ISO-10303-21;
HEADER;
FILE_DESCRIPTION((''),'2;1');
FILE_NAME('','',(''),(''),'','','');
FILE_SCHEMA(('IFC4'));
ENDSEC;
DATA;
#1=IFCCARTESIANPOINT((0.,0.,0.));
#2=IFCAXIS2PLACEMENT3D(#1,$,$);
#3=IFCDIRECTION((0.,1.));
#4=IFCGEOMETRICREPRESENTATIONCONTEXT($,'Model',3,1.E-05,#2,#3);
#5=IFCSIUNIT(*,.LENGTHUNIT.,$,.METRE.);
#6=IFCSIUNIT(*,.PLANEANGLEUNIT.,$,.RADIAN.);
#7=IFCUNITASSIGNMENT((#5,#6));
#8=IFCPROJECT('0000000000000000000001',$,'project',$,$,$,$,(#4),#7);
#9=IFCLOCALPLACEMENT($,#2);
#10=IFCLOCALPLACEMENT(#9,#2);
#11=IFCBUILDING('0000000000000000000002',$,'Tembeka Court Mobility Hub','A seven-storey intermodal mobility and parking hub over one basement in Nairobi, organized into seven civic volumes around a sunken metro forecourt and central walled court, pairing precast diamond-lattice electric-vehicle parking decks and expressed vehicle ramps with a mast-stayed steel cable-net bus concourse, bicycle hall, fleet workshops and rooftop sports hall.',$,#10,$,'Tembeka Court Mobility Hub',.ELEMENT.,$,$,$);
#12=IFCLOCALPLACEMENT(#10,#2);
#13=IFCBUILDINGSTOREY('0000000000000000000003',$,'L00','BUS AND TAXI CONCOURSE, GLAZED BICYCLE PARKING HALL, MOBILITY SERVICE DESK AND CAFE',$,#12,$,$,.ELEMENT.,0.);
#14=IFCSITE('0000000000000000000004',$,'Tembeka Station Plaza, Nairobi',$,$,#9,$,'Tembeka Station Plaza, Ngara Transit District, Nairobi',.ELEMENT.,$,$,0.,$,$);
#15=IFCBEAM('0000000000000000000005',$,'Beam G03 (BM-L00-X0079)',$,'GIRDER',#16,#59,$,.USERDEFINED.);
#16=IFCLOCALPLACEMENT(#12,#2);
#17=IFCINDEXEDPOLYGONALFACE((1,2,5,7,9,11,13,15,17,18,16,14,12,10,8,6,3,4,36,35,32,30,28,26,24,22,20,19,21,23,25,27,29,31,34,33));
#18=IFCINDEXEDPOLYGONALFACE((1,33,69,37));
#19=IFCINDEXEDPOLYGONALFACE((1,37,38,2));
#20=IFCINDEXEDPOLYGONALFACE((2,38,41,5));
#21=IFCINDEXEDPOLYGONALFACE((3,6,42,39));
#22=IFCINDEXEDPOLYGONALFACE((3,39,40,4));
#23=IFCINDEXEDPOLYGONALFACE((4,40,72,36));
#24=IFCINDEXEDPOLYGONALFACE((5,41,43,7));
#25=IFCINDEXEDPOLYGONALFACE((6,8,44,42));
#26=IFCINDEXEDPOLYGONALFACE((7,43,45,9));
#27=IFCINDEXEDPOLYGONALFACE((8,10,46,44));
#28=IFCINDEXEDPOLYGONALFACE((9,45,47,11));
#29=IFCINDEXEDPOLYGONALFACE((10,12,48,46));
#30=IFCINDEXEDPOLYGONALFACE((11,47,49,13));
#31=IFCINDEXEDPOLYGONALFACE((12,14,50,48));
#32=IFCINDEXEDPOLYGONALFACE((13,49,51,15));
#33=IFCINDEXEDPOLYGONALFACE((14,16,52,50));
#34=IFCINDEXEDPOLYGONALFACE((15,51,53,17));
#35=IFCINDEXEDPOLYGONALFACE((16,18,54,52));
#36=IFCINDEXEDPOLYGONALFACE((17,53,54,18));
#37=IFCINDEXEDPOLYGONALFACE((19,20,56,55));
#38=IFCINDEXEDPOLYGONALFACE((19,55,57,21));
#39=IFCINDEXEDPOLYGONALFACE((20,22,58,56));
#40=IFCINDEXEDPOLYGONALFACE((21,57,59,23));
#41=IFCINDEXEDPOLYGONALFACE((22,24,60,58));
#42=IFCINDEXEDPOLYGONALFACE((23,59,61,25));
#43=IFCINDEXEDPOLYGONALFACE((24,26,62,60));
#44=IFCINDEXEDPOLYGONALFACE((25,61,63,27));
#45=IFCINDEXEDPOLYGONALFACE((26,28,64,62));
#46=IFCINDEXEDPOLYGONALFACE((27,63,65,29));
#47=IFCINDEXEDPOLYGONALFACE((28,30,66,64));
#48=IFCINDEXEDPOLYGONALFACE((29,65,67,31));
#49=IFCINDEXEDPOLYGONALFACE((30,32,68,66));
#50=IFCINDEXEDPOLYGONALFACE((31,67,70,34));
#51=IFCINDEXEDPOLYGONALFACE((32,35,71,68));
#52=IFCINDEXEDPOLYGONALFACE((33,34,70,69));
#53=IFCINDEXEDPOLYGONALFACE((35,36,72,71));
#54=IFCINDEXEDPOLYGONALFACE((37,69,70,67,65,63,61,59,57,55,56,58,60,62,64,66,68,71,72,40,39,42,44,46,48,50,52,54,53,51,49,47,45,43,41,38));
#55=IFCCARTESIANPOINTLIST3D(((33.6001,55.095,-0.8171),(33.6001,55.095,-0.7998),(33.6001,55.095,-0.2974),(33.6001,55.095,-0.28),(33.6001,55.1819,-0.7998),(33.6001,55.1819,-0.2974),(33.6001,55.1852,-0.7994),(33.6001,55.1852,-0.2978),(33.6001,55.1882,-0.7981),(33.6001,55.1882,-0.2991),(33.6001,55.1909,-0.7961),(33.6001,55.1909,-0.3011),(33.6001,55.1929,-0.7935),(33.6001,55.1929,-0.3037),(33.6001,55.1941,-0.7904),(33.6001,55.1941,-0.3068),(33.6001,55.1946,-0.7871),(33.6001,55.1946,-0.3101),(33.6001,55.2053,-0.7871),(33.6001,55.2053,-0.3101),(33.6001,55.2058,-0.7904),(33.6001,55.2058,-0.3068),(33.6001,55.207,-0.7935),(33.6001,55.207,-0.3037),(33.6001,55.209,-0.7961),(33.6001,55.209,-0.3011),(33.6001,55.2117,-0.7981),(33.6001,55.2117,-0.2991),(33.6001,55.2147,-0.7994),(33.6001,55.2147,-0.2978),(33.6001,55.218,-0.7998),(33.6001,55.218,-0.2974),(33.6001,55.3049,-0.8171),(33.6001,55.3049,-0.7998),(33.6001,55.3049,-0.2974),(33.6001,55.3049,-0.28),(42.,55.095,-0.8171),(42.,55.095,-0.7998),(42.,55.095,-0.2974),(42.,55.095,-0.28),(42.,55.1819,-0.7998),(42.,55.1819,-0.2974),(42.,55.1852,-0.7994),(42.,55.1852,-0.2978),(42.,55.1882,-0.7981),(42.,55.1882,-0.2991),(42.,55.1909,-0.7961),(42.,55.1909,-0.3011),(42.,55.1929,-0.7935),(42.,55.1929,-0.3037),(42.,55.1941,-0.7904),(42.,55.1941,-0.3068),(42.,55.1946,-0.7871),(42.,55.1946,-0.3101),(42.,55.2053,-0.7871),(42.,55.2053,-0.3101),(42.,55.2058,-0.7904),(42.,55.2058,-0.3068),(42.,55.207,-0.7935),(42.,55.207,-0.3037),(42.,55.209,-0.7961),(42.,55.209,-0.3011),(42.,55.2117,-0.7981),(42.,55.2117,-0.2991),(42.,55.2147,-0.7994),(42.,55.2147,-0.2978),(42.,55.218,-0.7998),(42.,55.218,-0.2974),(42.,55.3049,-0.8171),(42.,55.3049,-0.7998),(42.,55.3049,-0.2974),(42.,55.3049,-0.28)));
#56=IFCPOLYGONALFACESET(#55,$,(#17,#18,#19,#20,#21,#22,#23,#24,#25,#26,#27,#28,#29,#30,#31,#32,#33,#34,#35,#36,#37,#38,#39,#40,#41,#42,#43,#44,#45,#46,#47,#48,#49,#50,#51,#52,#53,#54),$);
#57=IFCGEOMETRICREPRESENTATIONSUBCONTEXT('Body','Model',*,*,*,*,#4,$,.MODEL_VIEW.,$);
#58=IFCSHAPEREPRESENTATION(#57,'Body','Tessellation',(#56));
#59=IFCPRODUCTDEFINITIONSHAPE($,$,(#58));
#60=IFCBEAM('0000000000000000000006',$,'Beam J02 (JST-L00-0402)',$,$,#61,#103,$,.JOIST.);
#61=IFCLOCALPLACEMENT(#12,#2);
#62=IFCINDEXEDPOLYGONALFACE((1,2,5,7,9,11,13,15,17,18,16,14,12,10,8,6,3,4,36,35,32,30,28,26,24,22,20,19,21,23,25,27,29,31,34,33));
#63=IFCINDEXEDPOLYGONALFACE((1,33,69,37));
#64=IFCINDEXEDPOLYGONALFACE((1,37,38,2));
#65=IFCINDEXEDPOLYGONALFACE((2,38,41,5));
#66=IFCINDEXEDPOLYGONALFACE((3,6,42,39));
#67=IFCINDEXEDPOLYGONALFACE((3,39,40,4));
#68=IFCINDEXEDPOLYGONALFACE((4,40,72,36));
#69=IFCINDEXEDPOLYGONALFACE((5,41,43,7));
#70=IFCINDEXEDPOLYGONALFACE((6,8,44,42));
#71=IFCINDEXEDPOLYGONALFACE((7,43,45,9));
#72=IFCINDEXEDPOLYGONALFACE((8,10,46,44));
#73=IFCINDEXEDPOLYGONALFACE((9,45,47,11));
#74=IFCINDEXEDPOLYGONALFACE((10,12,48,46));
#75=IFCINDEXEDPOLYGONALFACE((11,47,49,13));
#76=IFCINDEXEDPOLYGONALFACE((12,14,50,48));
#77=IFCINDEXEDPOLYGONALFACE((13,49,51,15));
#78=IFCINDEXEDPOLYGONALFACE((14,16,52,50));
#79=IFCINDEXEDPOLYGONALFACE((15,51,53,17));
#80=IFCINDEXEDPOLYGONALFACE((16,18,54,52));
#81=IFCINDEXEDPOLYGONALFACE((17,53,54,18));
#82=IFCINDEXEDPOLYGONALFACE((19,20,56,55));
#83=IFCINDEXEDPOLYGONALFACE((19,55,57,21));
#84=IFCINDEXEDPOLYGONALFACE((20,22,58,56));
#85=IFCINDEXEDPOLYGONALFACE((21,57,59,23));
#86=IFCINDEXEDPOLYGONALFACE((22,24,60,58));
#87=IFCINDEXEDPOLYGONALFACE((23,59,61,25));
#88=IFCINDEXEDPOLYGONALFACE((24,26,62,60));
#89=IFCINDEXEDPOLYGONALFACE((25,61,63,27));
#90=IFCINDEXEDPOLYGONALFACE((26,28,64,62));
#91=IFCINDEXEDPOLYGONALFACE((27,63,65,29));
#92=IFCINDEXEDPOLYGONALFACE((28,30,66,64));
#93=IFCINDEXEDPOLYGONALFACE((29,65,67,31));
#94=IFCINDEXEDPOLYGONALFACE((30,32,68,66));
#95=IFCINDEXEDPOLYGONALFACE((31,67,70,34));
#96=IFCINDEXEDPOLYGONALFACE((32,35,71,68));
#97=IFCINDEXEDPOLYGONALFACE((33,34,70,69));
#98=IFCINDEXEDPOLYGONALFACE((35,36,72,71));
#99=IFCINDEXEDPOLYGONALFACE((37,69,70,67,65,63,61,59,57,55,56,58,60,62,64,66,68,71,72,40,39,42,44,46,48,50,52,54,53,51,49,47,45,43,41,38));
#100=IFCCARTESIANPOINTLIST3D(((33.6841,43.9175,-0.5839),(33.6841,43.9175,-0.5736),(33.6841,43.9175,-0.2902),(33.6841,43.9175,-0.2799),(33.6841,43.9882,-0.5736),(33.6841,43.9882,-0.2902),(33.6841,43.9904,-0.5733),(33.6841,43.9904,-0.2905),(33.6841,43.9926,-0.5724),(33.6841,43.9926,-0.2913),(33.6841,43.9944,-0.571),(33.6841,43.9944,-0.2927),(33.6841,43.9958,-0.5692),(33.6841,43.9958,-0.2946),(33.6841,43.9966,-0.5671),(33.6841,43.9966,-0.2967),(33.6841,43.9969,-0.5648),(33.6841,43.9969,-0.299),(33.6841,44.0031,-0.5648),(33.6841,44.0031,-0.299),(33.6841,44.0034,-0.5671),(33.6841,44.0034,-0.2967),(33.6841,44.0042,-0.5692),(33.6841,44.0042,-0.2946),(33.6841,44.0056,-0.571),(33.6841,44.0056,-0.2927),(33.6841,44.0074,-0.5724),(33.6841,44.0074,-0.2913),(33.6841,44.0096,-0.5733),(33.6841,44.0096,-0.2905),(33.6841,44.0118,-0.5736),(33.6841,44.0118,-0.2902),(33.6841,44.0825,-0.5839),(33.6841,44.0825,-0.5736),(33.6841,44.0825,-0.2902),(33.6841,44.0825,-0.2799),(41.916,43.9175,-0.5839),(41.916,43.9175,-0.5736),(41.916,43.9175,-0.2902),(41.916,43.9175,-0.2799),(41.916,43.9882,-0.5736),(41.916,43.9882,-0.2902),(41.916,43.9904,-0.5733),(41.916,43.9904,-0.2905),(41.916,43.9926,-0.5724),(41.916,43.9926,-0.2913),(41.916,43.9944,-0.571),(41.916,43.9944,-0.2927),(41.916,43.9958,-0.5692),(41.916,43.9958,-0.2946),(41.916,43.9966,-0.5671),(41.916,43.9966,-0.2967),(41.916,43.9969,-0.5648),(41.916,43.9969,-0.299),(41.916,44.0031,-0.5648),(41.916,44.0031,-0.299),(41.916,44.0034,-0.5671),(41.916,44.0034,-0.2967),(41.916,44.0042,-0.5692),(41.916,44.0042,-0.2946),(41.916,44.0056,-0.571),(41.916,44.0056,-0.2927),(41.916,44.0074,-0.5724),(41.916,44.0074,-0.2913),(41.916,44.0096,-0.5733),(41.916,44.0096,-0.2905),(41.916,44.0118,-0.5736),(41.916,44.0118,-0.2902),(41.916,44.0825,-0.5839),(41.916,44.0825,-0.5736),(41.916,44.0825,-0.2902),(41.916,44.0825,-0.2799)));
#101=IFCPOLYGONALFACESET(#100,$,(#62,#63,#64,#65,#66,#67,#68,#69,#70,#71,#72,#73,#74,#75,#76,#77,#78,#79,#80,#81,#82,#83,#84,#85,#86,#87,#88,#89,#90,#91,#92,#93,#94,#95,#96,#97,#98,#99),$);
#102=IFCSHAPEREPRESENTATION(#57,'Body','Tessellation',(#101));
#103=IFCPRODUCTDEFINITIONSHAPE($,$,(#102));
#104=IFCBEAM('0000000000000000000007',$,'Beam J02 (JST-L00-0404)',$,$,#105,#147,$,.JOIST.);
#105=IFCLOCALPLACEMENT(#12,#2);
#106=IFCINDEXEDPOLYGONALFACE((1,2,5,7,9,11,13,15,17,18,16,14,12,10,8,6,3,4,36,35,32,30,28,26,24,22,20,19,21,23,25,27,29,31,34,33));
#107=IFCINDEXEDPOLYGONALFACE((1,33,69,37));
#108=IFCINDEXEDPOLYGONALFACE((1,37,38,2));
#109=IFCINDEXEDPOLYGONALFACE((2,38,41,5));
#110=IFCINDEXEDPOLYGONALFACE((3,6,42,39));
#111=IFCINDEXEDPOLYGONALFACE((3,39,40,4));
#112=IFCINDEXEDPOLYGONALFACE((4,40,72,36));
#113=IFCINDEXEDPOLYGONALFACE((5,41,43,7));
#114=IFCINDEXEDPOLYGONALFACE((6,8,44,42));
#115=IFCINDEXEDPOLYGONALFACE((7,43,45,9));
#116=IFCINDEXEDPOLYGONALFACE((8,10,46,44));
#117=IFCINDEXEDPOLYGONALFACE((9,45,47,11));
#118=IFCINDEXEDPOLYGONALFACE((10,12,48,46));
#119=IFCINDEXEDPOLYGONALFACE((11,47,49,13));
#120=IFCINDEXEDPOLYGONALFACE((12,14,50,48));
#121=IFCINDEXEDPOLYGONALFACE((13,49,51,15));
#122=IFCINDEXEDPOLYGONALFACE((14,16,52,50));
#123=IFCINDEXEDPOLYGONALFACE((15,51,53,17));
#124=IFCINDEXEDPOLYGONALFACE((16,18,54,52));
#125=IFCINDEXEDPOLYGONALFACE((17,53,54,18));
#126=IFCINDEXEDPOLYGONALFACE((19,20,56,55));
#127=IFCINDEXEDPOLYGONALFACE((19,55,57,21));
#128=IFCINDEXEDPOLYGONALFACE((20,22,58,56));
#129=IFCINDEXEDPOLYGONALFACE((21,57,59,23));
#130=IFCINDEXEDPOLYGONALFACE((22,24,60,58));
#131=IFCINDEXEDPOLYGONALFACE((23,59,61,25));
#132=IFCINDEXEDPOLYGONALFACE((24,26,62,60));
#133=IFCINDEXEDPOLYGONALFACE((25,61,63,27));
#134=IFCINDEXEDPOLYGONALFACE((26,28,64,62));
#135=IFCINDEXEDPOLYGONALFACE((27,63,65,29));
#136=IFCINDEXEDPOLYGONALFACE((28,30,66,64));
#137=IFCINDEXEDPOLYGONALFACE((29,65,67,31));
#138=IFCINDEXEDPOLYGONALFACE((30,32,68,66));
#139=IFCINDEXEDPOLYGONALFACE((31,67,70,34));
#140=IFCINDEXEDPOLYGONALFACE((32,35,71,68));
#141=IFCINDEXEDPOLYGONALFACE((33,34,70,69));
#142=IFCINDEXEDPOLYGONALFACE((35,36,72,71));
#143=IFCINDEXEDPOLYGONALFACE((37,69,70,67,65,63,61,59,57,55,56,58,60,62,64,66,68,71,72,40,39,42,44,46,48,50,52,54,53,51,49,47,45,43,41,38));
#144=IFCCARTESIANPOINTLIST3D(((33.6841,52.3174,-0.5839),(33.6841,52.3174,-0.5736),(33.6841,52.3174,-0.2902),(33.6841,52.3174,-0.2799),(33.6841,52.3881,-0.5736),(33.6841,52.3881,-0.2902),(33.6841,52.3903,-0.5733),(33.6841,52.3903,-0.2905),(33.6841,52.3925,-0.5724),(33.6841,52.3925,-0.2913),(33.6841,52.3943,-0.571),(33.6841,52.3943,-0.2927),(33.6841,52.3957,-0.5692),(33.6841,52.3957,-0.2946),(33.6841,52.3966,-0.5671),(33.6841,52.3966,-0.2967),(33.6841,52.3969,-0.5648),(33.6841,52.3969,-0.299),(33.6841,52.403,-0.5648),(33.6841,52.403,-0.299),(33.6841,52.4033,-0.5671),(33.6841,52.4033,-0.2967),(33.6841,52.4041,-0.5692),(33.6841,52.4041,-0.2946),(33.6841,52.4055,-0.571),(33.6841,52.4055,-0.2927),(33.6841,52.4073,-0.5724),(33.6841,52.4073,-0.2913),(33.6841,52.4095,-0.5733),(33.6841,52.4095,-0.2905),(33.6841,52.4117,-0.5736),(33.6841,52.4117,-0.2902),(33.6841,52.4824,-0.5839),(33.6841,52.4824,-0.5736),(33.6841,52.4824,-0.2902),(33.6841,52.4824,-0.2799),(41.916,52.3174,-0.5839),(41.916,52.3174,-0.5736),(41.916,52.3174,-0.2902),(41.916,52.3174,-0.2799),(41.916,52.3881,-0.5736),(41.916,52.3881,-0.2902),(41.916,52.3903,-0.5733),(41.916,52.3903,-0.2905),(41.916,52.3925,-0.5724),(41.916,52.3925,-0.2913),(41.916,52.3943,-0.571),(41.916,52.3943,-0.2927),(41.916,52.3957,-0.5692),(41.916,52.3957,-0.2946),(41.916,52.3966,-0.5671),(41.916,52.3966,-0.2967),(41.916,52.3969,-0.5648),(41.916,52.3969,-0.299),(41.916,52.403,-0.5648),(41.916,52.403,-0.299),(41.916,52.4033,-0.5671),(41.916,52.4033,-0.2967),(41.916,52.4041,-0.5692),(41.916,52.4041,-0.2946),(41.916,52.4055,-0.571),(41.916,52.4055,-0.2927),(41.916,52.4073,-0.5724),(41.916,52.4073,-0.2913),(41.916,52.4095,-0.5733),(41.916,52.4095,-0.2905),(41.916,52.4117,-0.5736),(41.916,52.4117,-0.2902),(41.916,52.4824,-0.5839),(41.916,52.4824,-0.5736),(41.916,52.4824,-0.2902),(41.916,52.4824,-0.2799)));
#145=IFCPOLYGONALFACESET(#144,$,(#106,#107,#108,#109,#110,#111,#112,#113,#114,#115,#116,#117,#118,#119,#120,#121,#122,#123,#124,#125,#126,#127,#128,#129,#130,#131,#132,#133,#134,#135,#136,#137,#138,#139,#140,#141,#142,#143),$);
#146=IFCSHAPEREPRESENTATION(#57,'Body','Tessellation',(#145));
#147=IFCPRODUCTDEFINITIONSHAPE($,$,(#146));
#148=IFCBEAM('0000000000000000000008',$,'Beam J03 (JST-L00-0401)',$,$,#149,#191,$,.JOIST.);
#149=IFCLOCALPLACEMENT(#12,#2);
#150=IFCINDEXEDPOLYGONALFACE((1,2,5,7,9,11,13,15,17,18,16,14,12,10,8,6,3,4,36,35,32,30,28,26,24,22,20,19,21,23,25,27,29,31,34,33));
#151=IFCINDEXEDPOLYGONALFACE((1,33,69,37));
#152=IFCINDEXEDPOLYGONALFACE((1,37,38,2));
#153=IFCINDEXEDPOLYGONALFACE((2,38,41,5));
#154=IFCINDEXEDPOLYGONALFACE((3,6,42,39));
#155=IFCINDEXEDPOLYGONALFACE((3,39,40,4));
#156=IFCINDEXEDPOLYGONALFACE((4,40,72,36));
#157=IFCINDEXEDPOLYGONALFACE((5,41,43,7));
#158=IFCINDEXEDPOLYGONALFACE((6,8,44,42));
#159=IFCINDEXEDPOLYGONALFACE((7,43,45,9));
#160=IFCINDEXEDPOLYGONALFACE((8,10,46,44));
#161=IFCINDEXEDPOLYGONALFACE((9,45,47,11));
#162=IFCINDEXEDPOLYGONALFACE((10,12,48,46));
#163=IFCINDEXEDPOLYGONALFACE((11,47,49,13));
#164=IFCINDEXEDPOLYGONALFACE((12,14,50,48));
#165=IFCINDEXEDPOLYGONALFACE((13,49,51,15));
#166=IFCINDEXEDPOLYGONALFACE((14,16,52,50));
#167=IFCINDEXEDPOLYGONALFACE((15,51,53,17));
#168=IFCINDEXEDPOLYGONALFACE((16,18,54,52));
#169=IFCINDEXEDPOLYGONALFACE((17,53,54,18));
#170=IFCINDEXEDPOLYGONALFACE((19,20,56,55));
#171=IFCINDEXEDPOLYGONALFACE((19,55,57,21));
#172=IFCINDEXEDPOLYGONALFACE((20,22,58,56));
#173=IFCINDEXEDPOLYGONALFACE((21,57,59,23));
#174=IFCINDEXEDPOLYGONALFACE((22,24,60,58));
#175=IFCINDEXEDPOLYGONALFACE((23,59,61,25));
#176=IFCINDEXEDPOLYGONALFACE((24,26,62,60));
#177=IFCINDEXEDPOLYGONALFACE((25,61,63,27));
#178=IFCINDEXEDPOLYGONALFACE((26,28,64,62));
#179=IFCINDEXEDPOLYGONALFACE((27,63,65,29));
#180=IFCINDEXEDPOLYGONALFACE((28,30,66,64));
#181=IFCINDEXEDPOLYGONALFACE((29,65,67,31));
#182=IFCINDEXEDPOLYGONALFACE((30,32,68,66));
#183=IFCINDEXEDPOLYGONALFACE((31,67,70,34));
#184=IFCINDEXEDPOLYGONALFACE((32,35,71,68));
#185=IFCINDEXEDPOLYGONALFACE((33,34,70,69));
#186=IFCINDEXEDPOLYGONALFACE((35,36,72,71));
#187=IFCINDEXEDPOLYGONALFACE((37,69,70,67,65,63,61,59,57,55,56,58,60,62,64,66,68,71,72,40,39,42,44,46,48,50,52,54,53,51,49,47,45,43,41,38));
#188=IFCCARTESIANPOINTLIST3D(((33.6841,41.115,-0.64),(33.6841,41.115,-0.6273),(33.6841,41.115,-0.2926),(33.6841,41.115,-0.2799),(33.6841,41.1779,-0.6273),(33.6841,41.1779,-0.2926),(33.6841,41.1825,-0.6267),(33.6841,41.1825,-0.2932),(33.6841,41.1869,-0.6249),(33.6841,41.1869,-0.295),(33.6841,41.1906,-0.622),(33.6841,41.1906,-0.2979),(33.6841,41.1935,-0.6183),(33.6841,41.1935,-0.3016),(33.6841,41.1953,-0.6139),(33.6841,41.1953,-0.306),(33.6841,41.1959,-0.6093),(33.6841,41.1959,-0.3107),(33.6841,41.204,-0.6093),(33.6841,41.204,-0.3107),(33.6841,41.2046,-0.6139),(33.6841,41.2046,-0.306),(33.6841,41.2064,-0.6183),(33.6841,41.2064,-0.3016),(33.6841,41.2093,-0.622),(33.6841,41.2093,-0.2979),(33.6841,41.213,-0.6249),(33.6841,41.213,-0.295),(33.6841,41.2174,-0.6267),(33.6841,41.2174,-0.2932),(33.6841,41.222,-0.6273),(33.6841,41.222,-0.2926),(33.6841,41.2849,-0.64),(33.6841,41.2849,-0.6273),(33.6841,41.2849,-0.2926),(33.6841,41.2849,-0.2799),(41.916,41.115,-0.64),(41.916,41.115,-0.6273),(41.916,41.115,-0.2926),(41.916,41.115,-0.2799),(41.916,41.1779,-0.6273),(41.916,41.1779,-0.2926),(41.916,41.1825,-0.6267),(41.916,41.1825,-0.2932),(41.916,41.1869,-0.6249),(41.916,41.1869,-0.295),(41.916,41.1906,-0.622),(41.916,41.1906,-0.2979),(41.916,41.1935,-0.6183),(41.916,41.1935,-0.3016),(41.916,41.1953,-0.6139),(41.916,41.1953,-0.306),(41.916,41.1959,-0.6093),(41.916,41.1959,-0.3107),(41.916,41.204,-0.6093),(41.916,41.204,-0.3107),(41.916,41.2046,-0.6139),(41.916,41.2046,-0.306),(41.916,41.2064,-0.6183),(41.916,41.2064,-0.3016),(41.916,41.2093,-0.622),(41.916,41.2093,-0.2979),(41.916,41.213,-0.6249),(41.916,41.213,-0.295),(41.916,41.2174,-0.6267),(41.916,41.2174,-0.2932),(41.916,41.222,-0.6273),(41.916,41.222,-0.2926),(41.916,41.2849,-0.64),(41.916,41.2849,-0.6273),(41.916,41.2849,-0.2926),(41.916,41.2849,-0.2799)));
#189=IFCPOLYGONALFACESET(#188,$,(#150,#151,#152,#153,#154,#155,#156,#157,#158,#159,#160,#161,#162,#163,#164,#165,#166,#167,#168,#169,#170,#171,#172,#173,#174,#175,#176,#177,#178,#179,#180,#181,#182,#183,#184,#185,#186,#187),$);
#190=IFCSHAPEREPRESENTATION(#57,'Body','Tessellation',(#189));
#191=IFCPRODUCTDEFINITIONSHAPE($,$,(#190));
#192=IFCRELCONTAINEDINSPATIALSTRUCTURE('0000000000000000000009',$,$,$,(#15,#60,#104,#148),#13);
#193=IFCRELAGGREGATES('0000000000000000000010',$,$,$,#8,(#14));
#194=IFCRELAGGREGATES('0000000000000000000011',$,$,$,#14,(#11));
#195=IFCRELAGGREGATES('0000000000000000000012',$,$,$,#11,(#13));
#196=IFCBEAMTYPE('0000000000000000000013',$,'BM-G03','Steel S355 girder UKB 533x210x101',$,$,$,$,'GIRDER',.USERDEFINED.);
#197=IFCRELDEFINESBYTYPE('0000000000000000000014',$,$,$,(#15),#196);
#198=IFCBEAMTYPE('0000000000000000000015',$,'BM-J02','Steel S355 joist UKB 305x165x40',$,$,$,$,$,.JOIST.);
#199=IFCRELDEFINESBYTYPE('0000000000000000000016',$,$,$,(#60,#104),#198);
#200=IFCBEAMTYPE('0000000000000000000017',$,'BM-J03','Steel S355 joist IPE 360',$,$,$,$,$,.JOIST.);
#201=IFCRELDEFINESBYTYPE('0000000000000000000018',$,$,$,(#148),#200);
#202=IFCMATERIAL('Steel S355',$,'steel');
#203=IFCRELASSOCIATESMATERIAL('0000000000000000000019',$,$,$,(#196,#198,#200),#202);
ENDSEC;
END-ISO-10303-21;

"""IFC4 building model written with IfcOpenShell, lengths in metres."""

from ifc_helpers import new_model, si_unit, direction, frame, origin, origin_2d, place, context, subcontext, project, spatial, i_section, extrude, material, material_profile, profile_set, type_object, element, save


model = new_model("IFC4")

# Units and contexts
model_context = context("Model", 3, precision=1e-05, world=origin(), true_north=direction((0.0, 1.0)))
body_context = subcontext(model_context, "Body", "Model", "MODEL_VIEW")
ifc_project = project(units=[si_unit("LENGTHUNIT", "METRE"), si_unit("PLANEANGLEUNIT", "RADIAN")], contexts=[model_context])

# Site, building, storey
site_placement = place(None, origin())
site = spatial("IfcSite", under=ifc_project, at=site_placement, Name="Tembeka Station Plaza, Nairobi", LongName="Tembeka Station Plaza, Ngara Transit District, Nairobi", CompositionType="ELEMENT", RefElevation=0.0)
building_placement = place(site_placement, origin())
building = spatial("IfcBuilding", under=site, at=building_placement, Name="Tembeka Court Mobility Hub", Description="A seven-storey intermodal mobility and parking hub over one basement in Nairobi, organized into seven civic volumes around a sunken metro forecourt and central walled court, pairing precast diamond-lattice electric-vehicle parking decks and expressed vehicle ramps with a mast-stayed steel cable-net bus concourse, bicycle hall, fleet workshops and rooftop sports hall.", LongName="Tembeka Court Mobility Hub", CompositionType="ELEMENT")
storey_placement = place(building_placement, origin())
storey = spatial("IfcBuildingStorey", under=building, at=storey_placement, Name="L00", Description="BUS AND TAXI CONCOURSE, GLAZED BICYCLE PARKING HALL, MOBILITY SERVICE DESK AND CAFE", CompositionType="ELEMENT", Elevation=0.0)

# Shared definitions
ifc_material_1 = material(Name="Steel S355", Category="steel")

# Beams
ifc_material_profile_1 = material_profile(ifc_material_1, i_section(OverallWidth=0.21, OverallDepth=0.5371, WebThickness=0.0107, FlangeThickness=0.0173, FilletRadius=0.0127, at=origin_2d()), Name="UKB 533x210x101")
ifc_profile_set_1 = profile_set([ifc_material_profile_1], Name="Steel S355")
beam_type_1 = type_object("IfcBeamType", Name="BM-G03", Description="Steel S355 girder UKB 533x210x101", ElementType="GIRDER", PredefinedType="USERDEFINED", material=ifc_profile_set_1)
for number, where, z_axis, x_axis, name in (
    (1, (33.6001, 55.2, -0.5486), (1.0, 0.0, 0.0), (0.0, 1.0, 0.0), "Beam G03 (BM-L00-X0079)"),
):
    element("IfcBeam", number, at=place(storey_placement, frame(where, z_axis=z_axis, x_axis=x_axis)), inside=storey, type_object=beam_type_1, Name=name, ObjectType="GIRDER", PredefinedType="USERDEFINED", context=body_context, shape_type="SweptSolid", body=[
        extrude(i_section(OverallWidth=0.21, OverallDepth=0.5371, WebThickness=0.0107, FlangeThickness=0.0173, FilletRadius=0.0127, at=origin_2d()), origin(), (0.0, 0.0, 1.0), 8.3999),
    ])
ifc_material_profile_2 = material_profile(ifc_material_1, i_section(OverallWidth=0.165, OverallDepth=0.304, WebThickness=0.0061, FlangeThickness=0.0103, FilletRadius=0.0088, at=origin_2d()), Name="UKB 305x165x40")
ifc_profile_set_2 = profile_set([ifc_material_profile_2], Name="Steel S355")
beam_type_2 = type_object("IfcBeamType", Name="BM-J02", Description="Steel S355 joist UKB 305x165x40", PredefinedType="JOIST", material=ifc_profile_set_2)
for number, where, z_axis, x_axis, name in (
    (2, (33.6841, 44.0, -0.4319), (1.0, 0.0, 0.0), (0.0, 1.0, 0.0), "Beam J02 (JST-L00-0402)"),
    (3, (33.6841, 52.3999, -0.4319), (1.0, 0.0, 0.0), (0.0, 1.0, 0.0), "Beam J02 (JST-L00-0404)"),
):
    element("IfcBeam", number, at=place(storey_placement, frame(where, z_axis=z_axis, x_axis=x_axis)), inside=storey, type_object=beam_type_2, Name=name, PredefinedType="JOIST", context=body_context, shape_type="SweptSolid", body=[
        extrude(i_section(OverallWidth=0.165, OverallDepth=0.304, WebThickness=0.0061, FlangeThickness=0.0103, FilletRadius=0.0088, at=origin_2d()), origin(), (0.0, 0.0, 1.0), 8.2319),
    ])
ifc_material_profile_3 = material_profile(ifc_material_1, i_section(OverallWidth=0.1699, OverallDepth=0.3601, WebThickness=0.0081, FlangeThickness=0.0127, FilletRadius=0.0181, at=origin_2d()), Name="IPE 360")
ifc_profile_set_3 = profile_set([ifc_material_profile_3], Name="Steel S355")
beam_type_3 = type_object("IfcBeamType", Name="BM-J03", Description="Steel S355 joist IPE 360", PredefinedType="JOIST", material=ifc_profile_set_3)
for number, where, z_axis, x_axis, name in (
    (4, (33.6841, 41.2, -0.46), (1.0, 0.0, 0.0), (0.0, 1.0, 0.0), "Beam J03 (JST-L00-0401)"),
):
    element("IfcBeam", number, at=place(storey_placement, frame(where, z_axis=z_axis, x_axis=x_axis)), inside=storey, type_object=beam_type_3, Name=name, PredefinedType="JOIST", context=body_context, shape_type="SweptSolid", body=[
        extrude(i_section(OverallWidth=0.1699, OverallDepth=0.3601, WebThickness=0.0081, FlangeThickness=0.0127, FilletRadius=0.0181, at=origin_2d()), origin(), (0.0, 0.0, 1.0), 8.2319),
    ])

save(model, "model.ifc")
